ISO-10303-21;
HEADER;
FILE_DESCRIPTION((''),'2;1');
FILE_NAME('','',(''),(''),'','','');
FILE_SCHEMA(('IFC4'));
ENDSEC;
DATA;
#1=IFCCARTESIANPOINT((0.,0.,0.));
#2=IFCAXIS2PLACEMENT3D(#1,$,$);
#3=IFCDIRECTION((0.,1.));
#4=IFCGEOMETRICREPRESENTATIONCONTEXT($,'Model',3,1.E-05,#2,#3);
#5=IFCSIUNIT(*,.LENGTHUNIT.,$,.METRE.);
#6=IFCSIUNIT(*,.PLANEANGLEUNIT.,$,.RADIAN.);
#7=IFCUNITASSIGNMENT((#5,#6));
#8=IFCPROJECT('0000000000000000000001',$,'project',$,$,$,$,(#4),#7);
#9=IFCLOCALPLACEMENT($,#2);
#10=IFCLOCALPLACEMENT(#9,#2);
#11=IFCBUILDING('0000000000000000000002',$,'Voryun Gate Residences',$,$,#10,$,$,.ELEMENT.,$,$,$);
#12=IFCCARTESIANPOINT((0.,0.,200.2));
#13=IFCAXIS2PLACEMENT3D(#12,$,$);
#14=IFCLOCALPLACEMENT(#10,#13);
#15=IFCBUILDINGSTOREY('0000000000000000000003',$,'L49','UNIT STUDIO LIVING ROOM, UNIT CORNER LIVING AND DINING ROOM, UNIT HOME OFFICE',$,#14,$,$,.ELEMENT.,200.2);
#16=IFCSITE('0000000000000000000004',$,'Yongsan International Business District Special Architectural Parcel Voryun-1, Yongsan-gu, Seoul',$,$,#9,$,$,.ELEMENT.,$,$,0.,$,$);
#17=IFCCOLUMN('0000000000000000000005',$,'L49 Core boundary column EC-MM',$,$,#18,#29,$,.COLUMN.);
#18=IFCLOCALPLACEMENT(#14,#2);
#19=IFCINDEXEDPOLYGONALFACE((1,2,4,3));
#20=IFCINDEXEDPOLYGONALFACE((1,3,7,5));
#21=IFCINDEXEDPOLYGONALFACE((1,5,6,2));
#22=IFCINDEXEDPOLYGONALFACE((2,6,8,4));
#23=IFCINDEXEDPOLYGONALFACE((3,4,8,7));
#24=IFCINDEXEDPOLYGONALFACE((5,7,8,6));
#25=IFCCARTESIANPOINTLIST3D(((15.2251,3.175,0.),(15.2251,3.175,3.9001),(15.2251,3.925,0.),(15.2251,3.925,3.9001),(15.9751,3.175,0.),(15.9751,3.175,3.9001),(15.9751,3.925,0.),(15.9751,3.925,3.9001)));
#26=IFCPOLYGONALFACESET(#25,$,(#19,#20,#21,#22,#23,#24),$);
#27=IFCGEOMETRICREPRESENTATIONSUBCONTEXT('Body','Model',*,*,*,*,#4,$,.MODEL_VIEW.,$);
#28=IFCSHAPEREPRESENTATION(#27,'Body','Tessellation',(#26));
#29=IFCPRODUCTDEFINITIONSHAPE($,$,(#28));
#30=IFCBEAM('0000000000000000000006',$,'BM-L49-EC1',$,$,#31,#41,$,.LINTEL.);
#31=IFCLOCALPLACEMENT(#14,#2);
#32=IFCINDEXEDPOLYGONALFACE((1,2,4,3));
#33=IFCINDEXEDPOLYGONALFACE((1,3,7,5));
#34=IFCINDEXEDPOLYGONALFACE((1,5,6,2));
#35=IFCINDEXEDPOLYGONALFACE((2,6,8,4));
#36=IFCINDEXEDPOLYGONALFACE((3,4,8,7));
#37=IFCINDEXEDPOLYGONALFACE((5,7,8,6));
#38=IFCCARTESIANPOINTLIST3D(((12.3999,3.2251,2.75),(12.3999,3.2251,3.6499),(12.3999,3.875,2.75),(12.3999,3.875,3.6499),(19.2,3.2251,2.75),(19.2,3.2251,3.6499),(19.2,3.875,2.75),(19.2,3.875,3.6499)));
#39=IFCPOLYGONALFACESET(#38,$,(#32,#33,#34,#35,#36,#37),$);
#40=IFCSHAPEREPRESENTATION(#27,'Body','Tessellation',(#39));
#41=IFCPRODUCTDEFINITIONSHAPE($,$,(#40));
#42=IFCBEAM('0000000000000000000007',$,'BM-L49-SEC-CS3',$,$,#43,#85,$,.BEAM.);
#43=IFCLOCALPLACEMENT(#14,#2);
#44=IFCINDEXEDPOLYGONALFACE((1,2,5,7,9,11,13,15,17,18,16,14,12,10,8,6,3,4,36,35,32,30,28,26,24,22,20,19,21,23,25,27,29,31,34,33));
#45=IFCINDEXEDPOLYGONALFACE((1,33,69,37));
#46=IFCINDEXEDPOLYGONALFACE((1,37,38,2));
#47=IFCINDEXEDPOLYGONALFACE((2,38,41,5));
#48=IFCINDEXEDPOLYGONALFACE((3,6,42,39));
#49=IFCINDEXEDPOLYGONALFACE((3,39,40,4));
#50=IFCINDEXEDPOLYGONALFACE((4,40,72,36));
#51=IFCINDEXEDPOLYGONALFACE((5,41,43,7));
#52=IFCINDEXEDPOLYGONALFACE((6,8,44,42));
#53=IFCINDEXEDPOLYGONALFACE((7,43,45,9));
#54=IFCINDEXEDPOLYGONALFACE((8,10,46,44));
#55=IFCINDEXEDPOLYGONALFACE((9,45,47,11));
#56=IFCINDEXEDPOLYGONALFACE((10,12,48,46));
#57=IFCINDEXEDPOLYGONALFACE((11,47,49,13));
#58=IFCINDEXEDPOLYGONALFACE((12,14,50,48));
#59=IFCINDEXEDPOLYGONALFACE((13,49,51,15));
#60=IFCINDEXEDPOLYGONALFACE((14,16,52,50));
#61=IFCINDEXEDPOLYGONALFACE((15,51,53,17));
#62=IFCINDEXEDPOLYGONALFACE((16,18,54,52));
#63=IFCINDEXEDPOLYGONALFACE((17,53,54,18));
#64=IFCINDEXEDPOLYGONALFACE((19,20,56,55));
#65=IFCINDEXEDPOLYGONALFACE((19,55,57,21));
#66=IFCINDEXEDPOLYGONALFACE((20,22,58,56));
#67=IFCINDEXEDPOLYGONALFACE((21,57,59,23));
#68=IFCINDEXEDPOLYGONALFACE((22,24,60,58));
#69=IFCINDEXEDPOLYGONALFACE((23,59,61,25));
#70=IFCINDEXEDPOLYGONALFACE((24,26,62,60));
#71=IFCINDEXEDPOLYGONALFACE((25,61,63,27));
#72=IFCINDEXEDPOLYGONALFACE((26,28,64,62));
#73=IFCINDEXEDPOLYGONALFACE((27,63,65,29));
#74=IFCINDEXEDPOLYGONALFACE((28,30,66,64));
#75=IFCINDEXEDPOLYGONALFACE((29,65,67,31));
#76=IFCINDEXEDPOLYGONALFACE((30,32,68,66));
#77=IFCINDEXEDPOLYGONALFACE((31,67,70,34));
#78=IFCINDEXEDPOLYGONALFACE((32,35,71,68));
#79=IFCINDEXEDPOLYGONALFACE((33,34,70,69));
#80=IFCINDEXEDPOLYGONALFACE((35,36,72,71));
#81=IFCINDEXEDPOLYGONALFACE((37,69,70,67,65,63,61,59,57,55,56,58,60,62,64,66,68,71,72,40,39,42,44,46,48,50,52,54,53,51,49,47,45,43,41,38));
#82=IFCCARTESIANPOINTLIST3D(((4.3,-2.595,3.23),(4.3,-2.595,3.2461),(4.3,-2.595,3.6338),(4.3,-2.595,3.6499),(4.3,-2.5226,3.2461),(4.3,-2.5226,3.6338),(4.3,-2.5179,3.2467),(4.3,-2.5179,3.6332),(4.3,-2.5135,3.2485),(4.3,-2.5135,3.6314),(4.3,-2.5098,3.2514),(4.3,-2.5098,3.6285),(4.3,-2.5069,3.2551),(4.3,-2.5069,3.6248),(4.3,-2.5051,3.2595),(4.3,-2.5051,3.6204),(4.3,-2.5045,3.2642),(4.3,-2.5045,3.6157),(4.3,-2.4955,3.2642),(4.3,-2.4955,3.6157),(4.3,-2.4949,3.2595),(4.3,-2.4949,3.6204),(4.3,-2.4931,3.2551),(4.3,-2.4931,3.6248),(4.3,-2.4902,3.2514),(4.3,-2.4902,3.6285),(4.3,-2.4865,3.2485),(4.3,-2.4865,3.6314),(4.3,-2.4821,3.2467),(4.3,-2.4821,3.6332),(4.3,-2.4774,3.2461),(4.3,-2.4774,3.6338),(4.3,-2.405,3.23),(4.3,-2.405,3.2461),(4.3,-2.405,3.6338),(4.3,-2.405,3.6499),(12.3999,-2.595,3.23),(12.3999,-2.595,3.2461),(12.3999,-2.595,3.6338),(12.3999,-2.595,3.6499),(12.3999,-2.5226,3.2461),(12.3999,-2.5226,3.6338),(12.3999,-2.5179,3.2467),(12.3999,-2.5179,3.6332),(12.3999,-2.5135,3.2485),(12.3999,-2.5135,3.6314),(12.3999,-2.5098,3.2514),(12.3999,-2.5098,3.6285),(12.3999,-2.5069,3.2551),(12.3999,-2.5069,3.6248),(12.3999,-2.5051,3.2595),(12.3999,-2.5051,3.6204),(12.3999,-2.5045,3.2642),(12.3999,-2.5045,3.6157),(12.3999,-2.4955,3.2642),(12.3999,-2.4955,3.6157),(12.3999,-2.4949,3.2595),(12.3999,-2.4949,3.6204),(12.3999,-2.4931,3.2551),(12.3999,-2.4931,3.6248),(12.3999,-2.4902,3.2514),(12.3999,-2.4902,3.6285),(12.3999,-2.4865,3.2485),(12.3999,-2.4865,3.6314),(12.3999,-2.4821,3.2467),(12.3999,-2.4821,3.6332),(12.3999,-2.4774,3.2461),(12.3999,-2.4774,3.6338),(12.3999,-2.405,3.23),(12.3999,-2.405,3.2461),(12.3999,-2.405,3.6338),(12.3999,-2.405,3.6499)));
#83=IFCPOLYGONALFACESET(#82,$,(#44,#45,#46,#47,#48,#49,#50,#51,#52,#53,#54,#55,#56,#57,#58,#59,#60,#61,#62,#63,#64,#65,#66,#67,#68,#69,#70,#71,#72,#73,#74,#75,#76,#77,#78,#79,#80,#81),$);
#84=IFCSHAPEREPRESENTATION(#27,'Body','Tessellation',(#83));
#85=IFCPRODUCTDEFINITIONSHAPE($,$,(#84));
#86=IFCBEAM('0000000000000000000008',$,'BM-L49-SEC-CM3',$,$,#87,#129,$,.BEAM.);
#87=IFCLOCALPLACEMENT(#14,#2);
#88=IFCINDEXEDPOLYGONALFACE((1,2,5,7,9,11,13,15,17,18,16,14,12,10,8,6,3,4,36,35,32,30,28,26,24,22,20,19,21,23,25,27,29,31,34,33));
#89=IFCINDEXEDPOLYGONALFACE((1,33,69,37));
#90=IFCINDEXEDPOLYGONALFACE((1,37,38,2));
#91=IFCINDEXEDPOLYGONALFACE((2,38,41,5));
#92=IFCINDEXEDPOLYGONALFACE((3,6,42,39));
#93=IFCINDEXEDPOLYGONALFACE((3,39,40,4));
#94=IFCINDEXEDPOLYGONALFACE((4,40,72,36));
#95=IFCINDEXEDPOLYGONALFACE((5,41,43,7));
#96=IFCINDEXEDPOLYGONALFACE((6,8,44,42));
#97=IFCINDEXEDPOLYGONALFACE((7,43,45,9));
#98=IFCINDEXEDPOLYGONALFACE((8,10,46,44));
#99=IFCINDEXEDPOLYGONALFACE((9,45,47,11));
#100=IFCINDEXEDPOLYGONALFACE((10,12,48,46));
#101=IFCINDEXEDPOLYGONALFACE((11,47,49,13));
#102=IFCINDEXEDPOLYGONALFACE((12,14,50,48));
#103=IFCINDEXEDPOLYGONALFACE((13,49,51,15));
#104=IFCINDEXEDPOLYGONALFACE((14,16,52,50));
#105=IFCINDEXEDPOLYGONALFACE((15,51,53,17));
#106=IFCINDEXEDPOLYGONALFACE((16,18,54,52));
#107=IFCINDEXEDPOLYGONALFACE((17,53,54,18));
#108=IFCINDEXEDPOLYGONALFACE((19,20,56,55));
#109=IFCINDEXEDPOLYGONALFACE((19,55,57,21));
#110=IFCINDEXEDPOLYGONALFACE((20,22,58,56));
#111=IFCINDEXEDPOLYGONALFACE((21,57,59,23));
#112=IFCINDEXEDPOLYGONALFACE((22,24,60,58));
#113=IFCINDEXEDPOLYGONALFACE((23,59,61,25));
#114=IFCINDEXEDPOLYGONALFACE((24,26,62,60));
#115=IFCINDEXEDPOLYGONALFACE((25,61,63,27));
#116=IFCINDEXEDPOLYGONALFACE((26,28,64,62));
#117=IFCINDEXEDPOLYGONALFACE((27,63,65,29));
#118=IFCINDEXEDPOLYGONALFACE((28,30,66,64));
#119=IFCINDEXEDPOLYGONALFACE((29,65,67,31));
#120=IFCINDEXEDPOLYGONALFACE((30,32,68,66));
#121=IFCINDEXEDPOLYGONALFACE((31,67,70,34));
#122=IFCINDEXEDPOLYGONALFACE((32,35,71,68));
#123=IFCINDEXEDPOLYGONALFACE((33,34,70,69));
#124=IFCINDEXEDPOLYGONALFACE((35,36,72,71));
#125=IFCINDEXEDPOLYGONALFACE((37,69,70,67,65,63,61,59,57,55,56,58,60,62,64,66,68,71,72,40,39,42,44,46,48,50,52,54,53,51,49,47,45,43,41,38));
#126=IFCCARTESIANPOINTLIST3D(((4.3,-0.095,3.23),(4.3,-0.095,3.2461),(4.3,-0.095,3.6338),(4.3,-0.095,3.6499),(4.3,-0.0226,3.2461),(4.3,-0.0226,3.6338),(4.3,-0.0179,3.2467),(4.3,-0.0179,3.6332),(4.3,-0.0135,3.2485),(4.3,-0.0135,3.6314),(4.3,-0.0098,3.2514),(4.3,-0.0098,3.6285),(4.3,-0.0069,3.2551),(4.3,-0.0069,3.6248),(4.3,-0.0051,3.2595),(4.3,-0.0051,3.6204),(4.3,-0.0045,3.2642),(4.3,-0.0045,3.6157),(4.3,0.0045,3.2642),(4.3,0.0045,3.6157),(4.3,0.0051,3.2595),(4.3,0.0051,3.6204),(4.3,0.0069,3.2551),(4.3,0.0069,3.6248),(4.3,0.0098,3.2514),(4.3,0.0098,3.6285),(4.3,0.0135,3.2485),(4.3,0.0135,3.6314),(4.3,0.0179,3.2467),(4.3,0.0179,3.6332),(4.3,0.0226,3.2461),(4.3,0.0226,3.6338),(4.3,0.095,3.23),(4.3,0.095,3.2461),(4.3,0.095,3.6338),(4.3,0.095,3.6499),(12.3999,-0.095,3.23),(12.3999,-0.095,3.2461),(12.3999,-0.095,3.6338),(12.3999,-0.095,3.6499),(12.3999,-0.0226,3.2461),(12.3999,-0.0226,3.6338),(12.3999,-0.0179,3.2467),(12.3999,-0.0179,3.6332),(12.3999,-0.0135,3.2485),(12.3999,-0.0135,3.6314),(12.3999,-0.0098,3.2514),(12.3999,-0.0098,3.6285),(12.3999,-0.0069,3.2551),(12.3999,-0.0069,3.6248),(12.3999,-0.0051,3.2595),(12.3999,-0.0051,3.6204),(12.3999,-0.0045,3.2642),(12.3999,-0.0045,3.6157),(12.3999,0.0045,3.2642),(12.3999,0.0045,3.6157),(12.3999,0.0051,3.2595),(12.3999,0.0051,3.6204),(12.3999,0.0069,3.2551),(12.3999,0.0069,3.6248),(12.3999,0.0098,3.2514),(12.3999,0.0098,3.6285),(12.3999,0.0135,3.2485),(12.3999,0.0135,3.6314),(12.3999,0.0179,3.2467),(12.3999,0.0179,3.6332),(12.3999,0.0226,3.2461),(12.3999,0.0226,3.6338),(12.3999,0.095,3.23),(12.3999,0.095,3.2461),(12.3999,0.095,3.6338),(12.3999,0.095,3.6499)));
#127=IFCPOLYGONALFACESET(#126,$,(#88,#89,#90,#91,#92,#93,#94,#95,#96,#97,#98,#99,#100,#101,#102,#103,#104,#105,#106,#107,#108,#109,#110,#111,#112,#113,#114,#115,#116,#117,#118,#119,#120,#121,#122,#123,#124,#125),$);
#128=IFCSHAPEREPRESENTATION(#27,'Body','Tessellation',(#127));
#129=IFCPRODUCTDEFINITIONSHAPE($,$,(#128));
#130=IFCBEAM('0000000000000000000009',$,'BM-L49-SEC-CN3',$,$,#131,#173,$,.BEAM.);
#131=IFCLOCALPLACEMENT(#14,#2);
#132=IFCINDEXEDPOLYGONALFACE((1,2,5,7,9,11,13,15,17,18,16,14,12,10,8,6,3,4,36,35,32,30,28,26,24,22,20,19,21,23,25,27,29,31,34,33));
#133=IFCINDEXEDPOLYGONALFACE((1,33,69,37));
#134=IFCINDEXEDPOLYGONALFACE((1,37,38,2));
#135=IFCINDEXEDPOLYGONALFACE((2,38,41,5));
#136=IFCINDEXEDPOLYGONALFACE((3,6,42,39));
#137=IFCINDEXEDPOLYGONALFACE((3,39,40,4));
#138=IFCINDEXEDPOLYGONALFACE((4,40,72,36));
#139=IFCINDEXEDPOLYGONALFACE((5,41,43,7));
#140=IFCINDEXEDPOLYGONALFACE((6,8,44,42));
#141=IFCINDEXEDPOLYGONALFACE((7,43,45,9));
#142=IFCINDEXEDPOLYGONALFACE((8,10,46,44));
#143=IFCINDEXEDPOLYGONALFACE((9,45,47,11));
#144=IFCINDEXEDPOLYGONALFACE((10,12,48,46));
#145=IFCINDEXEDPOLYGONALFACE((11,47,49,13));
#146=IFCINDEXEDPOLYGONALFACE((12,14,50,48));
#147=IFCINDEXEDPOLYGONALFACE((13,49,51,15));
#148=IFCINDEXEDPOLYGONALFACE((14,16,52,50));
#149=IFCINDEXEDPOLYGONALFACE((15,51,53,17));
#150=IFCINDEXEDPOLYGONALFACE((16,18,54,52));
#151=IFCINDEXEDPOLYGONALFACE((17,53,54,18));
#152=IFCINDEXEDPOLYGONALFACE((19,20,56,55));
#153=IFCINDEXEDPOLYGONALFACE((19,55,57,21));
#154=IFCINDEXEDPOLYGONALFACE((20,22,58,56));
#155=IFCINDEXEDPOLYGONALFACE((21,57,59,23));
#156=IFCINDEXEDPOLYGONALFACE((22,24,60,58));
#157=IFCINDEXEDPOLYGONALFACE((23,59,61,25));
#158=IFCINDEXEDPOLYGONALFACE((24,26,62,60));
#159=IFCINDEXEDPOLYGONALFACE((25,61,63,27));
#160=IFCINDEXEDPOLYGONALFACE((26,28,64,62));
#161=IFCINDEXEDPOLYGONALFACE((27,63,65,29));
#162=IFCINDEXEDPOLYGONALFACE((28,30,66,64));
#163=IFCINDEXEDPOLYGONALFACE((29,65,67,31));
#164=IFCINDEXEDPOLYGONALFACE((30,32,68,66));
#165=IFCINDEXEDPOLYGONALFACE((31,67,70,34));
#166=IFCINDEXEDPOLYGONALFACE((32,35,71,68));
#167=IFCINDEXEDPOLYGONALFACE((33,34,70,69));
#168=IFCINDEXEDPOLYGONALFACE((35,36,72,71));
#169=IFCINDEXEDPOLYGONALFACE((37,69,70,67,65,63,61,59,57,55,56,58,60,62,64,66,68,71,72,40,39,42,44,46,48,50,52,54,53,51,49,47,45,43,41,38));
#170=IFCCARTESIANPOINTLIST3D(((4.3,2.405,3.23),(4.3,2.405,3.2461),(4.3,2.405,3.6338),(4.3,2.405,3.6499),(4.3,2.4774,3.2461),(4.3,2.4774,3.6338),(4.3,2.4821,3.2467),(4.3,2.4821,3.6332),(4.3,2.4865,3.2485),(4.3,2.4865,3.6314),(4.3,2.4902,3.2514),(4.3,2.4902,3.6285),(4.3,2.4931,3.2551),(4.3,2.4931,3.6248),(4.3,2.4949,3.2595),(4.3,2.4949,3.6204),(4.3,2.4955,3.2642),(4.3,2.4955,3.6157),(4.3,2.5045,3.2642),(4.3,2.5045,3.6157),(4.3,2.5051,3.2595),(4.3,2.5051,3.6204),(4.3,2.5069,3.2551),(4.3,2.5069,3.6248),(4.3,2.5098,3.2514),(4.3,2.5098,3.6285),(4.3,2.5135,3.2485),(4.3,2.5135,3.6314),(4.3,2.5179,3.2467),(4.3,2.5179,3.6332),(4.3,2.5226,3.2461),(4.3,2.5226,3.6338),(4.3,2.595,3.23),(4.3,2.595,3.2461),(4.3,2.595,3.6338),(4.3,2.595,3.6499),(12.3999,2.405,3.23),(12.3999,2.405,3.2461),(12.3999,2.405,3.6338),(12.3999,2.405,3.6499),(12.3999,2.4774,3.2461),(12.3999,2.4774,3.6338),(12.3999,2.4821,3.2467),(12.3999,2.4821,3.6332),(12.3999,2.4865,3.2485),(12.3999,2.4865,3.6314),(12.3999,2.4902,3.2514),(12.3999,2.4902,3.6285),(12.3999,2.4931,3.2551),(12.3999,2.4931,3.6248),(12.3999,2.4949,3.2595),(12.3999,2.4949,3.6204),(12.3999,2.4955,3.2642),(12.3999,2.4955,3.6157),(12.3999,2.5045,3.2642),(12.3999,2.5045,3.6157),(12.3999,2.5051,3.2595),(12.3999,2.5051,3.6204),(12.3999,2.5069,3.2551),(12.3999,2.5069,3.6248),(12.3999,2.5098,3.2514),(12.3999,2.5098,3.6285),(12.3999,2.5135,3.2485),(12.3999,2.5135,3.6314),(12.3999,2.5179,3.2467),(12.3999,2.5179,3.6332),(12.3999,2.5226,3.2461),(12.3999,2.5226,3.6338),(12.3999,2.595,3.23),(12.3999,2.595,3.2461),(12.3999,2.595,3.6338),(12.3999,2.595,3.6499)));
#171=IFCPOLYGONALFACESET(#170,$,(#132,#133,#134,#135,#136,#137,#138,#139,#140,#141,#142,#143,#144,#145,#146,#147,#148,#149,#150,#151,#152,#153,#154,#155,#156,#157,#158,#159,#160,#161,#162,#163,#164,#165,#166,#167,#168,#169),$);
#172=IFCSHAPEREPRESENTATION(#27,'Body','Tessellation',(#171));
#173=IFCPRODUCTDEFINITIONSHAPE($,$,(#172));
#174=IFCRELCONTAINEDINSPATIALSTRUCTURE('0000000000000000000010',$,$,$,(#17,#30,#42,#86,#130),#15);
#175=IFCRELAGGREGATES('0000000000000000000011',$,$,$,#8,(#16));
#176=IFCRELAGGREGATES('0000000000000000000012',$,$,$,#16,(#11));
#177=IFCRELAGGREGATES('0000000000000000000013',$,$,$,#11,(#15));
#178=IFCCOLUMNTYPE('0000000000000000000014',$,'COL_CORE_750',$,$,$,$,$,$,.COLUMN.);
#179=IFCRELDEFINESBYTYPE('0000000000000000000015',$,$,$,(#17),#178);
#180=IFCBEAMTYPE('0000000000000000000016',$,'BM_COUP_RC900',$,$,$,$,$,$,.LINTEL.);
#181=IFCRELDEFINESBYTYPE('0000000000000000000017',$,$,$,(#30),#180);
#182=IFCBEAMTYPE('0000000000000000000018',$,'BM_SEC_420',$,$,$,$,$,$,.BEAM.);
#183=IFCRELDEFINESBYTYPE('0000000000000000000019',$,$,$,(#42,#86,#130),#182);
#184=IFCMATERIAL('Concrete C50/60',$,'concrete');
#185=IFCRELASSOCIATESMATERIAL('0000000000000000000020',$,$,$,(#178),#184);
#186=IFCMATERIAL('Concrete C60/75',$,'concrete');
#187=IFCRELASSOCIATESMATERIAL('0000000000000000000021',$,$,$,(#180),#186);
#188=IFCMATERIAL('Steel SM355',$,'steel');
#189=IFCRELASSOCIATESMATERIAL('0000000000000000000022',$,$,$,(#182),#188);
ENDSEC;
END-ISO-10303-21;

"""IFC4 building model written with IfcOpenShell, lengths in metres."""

from ifc_helpers import new_model, si_unit, direction, frame, origin, origin_2d, place, context, subcontext, project, spatial, rectangle, i_section, extrude, material, material_profile, profile_set, type_object, element, save


model = new_model("IFC4")

# Units and contexts
model_context = context("Model", 3, precision=1e-05, world=origin(), true_north=direction((0.0, 1.0)))
body_context = subcontext(model_context, "Body", "Model", "MODEL_VIEW")
ifc_project = project(units=[si_unit("LENGTHUNIT", "METRE"), si_unit("PLANEANGLEUNIT", "RADIAN")], contexts=[model_context])

# Site, building, storey
site_placement = place(None, origin())
site = spatial("IfcSite", under=ifc_project, at=site_placement, Name="Yongsan International Business District Special Architectural Parcel Voryun-1, Yongsan-gu, Seoul", CompositionType="ELEMENT", RefElevation=0.0)
building_placement = place(site_placement, origin())
building = spatial("IfcBuilding", under=site, at=building_placement, Name="Voryun Gate Residences", CompositionType="ELEMENT")
storey_placement = place(building_placement, frame((0.0, 0.0, 200.2)))
storey = spatial("IfcBuildingStorey", under=building, at=storey_placement, Name="L49", Description="UNIT STUDIO LIVING ROOM, UNIT CORNER LIVING AND DINING ROOM, UNIT HOME OFFICE", CompositionType="ELEMENT", Elevation=200.2)

# Column
ifc_material_1 = material(Name="Concrete C50/60", Category="concrete")
ifc_material_profile_1 = material_profile(ifc_material_1, rectangle(XDim=0.75, YDim=0.75, at=origin_2d()), Name="RC-750x750")
ifc_profile_set_1 = profile_set([ifc_material_profile_1], Name="Concrete C50/60")
column_type = type_object("IfcColumnType", Name="COL_CORE_750", PredefinedType="COLUMN", material=ifc_profile_set_1)
column_placement = place(storey_placement, frame((15.6001, 3.55, 0.0), z_axis=(0.0, 0.0, 1.0), x_axis=(1.0, 0.0, 0.0)))
element("IfcColumn", 1, at=column_placement, inside=storey, type_object=column_type, Name="L49 Core boundary column EC-MM", PredefinedType="COLUMN", context=body_context, shape_type="SweptSolid", body=[
    extrude(rectangle(XDim=0.75, YDim=0.75, at=origin_2d()), origin(), (0.0, 0.0, 1.0), 3.9001),
])

# Beams
ifc_material_2 = material(Name="Concrete C60/75", Category="concrete")
ifc_material_profile_2 = material_profile(ifc_material_2, rectangle(XDim=0.6499, YDim=0.8999, at=origin_2d()), Name="RC-650x900")
ifc_profile_set_2 = profile_set([ifc_material_profile_2], Name="Concrete C60/75")
beam_type_1 = type_object("IfcBeamType", Name="BM_COUP_RC900", PredefinedType="LINTEL", material=ifc_profile_set_2)
beam_placement = place(storey_placement, frame((12.3999, 3.55, 3.2), z_axis=(1.0, 0.0, 0.0), x_axis=(0.0, 1.0, 0.0)))
element("IfcBeam", 2, at=beam_placement, inside=storey, type_object=beam_type_1, Name="BM-L49-EC1", PredefinedType="LINTEL", context=body_context, shape_type="SweptSolid", body=[
    extrude(rectangle(XDim=0.6499, YDim=0.8999, at=origin_2d()), origin(), (0.0, 0.0, 1.0), 6.8),
])
ifc_material_3 = material(Name="Steel SM355", Category="steel")
ifc_material_profile_3 = material_profile(ifc_material_3, i_section(OverallWidth=0.1899, OverallDepth=0.4199, WebThickness=0.009, FlangeThickness=0.0161, FilletRadius=0.0181, at=origin_2d()), Name="H-420x190x9x16")
ifc_profile_set_3 = profile_set([ifc_material_profile_3], Name="Steel SM355")
beam_type_2 = type_object("IfcBeamType", Name="BM_SEC_420", PredefinedType="BEAM", material=ifc_profile_set_3)
for number, where, z_axis, x_axis, name in (
    (3, (4.3, -2.5, 3.4399), (1.0, 0.0, 0.0), (0.0, 1.0, 0.0), "BM-L49-SEC-CS3"),
    (4, (4.3, 0.0, 3.4399), (1.0, 0.0, 0.0), (0.0, 1.0, 0.0), "BM-L49-SEC-CM3"),
    (5, (4.3, 2.5, 3.4399), (1.0, 0.0, 0.0), (0.0, 1.0, 0.0), "BM-L49-SEC-CN3"),
):
    element("IfcBeam", number, at=place(storey_placement, frame(where, z_axis=z_axis, x_axis=x_axis)), inside=storey, type_object=beam_type_2, Name=name, PredefinedType="BEAM", context=body_context, shape_type="SweptSolid", body=[
        extrude(i_section(OverallWidth=0.1899, OverallDepth=0.4199, WebThickness=0.009, FlangeThickness=0.0161, FilletRadius=0.0181, at=origin_2d()), origin(), (0.0, 0.0, 1.0), 8.0999),
    ])

save(model, "model.ifc")
